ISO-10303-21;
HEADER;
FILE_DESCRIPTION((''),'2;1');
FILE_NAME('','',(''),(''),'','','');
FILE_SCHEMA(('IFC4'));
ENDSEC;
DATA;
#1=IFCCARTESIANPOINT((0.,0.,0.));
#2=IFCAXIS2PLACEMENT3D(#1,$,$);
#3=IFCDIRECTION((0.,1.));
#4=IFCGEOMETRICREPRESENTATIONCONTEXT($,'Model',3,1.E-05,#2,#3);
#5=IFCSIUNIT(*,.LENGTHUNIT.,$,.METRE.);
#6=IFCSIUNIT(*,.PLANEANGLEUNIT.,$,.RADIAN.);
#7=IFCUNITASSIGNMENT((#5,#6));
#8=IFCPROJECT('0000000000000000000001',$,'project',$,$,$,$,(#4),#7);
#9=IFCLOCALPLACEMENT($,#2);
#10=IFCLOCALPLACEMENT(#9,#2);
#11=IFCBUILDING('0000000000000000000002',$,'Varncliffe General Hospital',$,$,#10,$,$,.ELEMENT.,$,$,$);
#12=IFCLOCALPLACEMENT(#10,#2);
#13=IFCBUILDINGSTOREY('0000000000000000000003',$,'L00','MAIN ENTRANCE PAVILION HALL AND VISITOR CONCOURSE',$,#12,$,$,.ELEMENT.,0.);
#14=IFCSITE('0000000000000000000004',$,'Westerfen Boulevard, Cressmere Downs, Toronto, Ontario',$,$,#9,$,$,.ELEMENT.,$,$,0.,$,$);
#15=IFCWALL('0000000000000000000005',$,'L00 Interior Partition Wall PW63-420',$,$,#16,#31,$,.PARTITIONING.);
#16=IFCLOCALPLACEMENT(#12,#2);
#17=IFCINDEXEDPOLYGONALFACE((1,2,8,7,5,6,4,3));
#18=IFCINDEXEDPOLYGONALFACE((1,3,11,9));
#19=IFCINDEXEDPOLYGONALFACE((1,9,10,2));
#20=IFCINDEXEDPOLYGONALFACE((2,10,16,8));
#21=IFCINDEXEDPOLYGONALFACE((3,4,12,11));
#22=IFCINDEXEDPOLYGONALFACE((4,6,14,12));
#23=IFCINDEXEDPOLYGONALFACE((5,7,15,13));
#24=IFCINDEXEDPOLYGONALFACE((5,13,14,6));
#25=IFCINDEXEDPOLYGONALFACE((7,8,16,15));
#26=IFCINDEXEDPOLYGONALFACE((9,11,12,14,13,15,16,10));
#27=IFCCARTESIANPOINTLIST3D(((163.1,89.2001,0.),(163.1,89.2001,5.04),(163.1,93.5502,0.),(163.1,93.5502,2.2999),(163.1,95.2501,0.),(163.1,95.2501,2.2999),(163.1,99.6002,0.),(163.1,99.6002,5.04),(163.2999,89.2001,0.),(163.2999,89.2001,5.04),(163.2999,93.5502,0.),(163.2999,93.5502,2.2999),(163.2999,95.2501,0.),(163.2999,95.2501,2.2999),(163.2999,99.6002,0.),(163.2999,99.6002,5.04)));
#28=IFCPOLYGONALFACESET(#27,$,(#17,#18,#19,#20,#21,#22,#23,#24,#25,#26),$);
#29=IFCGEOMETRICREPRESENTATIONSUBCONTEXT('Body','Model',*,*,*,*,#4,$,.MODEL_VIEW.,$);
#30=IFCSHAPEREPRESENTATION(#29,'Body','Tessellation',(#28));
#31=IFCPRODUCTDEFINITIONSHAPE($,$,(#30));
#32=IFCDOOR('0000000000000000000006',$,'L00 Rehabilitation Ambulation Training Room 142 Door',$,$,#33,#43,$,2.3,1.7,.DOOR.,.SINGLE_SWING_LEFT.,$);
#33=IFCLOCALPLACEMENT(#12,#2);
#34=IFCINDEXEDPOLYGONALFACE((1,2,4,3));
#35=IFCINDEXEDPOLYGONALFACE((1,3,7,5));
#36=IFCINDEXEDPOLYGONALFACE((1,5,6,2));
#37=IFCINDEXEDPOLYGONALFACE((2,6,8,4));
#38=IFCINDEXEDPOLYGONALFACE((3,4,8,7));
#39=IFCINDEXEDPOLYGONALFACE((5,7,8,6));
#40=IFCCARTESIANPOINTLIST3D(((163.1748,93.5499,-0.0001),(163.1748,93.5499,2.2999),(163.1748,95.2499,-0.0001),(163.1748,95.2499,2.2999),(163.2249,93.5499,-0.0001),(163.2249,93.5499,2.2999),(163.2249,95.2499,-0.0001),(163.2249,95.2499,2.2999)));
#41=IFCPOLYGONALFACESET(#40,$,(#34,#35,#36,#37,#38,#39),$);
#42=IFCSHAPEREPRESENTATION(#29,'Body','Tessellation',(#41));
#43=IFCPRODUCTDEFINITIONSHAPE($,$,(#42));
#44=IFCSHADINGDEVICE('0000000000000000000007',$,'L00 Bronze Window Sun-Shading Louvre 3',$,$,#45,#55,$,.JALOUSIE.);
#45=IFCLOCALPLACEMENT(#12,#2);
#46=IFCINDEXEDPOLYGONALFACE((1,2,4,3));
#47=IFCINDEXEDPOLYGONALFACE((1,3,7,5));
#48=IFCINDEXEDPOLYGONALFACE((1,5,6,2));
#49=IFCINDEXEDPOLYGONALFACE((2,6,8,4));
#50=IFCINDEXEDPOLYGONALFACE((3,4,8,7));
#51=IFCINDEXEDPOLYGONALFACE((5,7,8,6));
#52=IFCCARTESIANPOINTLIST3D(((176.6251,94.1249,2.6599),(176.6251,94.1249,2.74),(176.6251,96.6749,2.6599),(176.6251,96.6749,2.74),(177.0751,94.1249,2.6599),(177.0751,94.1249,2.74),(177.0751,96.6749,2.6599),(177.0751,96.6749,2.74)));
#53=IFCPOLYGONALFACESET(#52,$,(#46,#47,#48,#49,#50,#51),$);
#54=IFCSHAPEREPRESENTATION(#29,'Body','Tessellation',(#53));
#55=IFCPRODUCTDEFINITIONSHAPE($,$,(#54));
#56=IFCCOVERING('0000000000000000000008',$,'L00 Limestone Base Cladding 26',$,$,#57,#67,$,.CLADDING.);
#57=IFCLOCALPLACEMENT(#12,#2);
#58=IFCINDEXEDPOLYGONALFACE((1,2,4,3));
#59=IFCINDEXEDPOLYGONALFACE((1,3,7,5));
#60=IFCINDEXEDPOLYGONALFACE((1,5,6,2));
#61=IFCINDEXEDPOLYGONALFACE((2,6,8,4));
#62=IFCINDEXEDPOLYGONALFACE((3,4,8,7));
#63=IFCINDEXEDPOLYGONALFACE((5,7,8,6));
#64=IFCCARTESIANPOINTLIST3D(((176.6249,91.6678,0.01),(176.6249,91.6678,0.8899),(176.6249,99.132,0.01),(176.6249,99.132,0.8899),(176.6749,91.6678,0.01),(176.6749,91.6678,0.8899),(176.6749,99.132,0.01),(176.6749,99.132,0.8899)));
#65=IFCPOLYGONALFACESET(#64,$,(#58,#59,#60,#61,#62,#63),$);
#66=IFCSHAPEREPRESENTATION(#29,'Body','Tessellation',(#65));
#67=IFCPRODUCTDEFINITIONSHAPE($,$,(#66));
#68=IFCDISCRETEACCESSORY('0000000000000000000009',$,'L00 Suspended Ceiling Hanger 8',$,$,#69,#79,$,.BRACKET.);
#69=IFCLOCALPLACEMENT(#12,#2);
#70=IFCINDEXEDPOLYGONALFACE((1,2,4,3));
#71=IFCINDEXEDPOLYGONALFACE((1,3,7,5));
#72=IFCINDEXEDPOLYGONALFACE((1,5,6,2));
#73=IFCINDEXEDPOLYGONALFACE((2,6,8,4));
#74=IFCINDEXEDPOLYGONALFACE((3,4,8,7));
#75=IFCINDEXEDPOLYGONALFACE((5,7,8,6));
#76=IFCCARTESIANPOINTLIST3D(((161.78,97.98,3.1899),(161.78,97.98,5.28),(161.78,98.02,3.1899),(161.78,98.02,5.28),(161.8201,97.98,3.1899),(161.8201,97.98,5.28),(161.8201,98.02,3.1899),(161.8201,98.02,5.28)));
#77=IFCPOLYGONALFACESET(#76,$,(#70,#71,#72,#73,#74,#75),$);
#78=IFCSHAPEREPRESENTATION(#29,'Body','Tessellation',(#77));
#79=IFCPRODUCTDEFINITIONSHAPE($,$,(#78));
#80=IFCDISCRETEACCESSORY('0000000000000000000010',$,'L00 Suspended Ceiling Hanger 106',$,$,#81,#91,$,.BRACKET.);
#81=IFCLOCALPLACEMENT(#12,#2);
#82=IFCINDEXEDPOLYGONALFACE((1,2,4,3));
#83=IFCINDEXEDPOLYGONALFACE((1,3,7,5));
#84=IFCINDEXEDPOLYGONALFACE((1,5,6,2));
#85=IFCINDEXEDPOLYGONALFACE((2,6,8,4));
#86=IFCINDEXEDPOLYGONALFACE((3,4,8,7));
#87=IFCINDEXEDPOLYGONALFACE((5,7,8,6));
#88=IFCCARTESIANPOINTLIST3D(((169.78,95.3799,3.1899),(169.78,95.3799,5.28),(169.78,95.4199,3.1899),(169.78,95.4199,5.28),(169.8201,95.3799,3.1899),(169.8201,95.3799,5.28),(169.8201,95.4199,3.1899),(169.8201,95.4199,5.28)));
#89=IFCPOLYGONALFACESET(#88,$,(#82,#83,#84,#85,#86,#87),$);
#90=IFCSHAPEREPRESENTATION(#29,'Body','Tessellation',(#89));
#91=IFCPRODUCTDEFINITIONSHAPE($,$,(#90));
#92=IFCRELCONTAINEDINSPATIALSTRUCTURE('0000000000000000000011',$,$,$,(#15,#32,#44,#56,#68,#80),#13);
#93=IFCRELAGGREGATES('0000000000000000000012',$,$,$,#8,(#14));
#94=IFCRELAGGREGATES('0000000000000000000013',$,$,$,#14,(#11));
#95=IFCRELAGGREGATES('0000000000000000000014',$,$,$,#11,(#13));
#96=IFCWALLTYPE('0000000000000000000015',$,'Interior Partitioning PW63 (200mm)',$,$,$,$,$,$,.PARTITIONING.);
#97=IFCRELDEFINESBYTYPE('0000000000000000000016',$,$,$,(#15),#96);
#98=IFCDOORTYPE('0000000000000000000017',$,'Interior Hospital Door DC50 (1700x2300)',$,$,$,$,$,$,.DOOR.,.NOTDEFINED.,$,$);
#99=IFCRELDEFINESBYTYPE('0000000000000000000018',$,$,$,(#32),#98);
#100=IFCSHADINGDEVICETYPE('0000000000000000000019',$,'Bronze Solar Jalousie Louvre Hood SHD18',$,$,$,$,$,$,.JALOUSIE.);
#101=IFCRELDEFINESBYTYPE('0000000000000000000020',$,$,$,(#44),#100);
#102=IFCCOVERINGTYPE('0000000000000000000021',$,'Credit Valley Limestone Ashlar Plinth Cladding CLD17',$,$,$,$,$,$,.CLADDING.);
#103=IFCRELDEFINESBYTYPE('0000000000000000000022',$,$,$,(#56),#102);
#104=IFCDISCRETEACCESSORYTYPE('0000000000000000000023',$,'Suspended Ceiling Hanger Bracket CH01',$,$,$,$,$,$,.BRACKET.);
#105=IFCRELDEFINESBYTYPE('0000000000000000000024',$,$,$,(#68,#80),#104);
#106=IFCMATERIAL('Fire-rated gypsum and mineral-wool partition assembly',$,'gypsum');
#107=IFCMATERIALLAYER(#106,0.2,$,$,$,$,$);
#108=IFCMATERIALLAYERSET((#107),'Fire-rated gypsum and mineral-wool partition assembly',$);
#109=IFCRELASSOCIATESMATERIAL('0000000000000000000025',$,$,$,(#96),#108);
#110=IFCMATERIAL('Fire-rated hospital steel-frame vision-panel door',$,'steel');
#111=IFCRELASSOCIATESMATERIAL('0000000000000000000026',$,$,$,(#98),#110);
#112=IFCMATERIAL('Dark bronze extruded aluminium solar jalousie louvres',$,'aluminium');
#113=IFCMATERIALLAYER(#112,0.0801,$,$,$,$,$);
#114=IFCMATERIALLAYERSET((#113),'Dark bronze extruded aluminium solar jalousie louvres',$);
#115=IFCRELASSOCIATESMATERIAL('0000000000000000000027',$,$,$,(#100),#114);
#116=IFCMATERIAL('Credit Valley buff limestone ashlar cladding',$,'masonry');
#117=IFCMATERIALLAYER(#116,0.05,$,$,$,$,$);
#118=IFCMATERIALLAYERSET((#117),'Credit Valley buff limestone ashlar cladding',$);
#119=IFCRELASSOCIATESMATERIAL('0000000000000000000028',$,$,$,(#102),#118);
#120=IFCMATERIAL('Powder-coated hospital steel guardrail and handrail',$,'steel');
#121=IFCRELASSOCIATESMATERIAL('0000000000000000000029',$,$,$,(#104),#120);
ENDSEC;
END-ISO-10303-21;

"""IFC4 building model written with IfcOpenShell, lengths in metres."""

from ifc_helpers import new_model, si_unit, direction, frame, frame_2d, origin, origin_2d, place, context, subcontext, project, spatial, rectangle, extrude, material, layer, layer_set, type_object, element, fill, save


model = new_model("IFC4")

# Units and contexts
model_context = context("Model", 3, precision=1e-05, world=origin(), true_north=direction((0.0, 1.0)))
body_context = subcontext(model_context, "Body", "Model", "MODEL_VIEW")
ifc_project = project(units=[si_unit("LENGTHUNIT", "METRE"), si_unit("PLANEANGLEUNIT", "RADIAN")], contexts=[model_context])

# Site, building, storey
site_placement = place(None, origin())
site = spatial("IfcSite", under=ifc_project, at=site_placement, Name="Westerfen Boulevard, Cressmere Downs, Toronto, Ontario", CompositionType="ELEMENT", RefElevation=0.0)
building_placement = place(site_placement, origin())
building = spatial("IfcBuilding", under=site, at=building_placement, Name="Varncliffe General Hospital", CompositionType="ELEMENT")
storey_placement = place(building_placement, origin())
storey = spatial("IfcBuildingStorey", under=building, at=storey_placement, Name="L00", Description="MAIN ENTRANCE PAVILION HALL AND VISITOR CONCOURSE", CompositionType="ELEMENT", Elevation=0.0)

# Wall, opening, door
ifc_material_1 = material(Name="Fire-rated gypsum and mineral-wool partition assembly", Category="gypsum")
ifc_layer_1 = layer(ifc_material_1, 0.2)
ifc_layer_set_1 = layer_set([ifc_layer_1], Name="Fire-rated gypsum and mineral-wool partition assembly")
wall_type_1 = type_object("IfcWallType", Name="Interior Partitioning PW63 (200mm)", PredefinedType="PARTITIONING", material=ifc_layer_set_1)
wall_1_placement = place(storey_placement, frame((163.2, 89.2, 0.0), z_axis=(0.0, 0.0, 1.0), x_axis=(0.0, 1.0, 0.0)))
wall_1 = element("IfcWall", 1, at=wall_1_placement, inside=storey, type_object=wall_type_1, Name="L00 Interior Partition Wall PW63-420", PredefinedType="PARTITIONING", context=body_context, shape_type="SweptSolid", body=[
    extrude(rectangle(XDim=10.4001, YDim=0.2, at=frame_2d((5.2002, 0.0))), origin(), (0.0, 0.0, 1.0), 5.04),
])
opening_1_placement = place(wall_1_placement, frame((4.3501, 0.0, 0.0)))
opening_1 = element("IfcOpeningElement", 2, at=opening_1_placement, cuts=wall_1, PredefinedType="OPENING", context=body_context, shape_type="SweptSolid", body=[
    extrude(rectangle(XDim=1.7, YDim=2.3, at=frame_2d((0.8501, 1.1499))), frame((0.0, 0.1099, 0.0), z_axis=(0.0, -1.0, 0.0), x_axis=(1.0, 0.0, 0.0)), (0.0, 0.0, 1.0), 0.22),
])
ifc_material_2 = material(Name="Fire-rated hospital steel-frame vision-panel door", Category="steel")
door_type_1 = type_object("IfcDoorType", Name="Interior Hospital Door DC50 (1700x2300)", OperationType="NOTDEFINED", PredefinedType="DOOR", material=ifc_material_2)
door_1_placement = place(opening_1_placement, frame((1.7, 0.0, 0.0), z_axis=(0.0, 0.0, 1.0), x_axis=(-1.0, 0.0, 0.0)))
door_1 = element("IfcDoor", 3, at=door_1_placement, inside=storey, type_object=door_type_1, Name="L00 Rehabilitation Ambulation Training Room 142 Door", OperationType="SINGLE_SWING_LEFT", OverallHeight=2.3, OverallWidth=1.7, PredefinedType="DOOR", context=body_context, shape_type="SweptSolid", body=[
    extrude(rectangle(XDim=1.7, YDim=2.3, at=frame_2d((0.8501, 1.1499))), frame((0.0, 0.0249, 0.0), z_axis=(0.0, -1.0, 0.0), x_axis=(1.0, 0.0, 0.0)), (0.0, 0.0, 1.0), 0.05),
])
fill(opening_1, door_1)

# Shading device
ifc_material_3 = material(Name="Dark bronze extruded aluminium solar jalousie louvres", Category="aluminium")
ifc_layer_2 = layer(ifc_material_3, 0.0801)
ifc_layer_set_2 = layer_set([ifc_layer_2], Name="Dark bronze extruded aluminium solar jalousie louvres")
shading_device_type = type_object("IfcShadingDeviceType", Name="Bronze Solar Jalousie Louvre Hood SHD18", PredefinedType="JALOUSIE", material=ifc_layer_set_2)
shading_device_placement = place(storey_placement, frame((176.8501, 95.3999, 2.6599), z_axis=(0.0, 0.0, 1.0), x_axis=(0.0, -1.0, 0.0)))
element("IfcShadingDevice", 4, at=shading_device_placement, inside=storey, type_object=shading_device_type, Name="L00 Bronze Window Sun-Shading Louvre 3", PredefinedType="JALOUSIE", context=body_context, shape_type="SweptSolid", body=[
    extrude(rectangle(XDim=2.55, YDim=0.45, at=origin_2d()), origin(), (0.0, 0.0, 1.0), 0.0801),
])

# Covering
ifc_material_4 = material(Name="Credit Valley buff limestone ashlar cladding", Category="masonry")
ifc_layer_3 = layer(ifc_material_4, 0.05)
ifc_layer_set_3 = layer_set([ifc_layer_3], Name="Credit Valley buff limestone ashlar cladding")
covering_type = type_object("IfcCoveringType", Name="Credit Valley Limestone Ashlar Plinth Cladding CLD17", PredefinedType="CLADDING", material=ifc_layer_set_3)
covering_placement = place(storey_placement, frame((176.6499, 95.3999, 0.01), z_axis=(0.0, 0.0, 1.0), x_axis=(0.0, -1.0, 0.0)))
element("IfcCovering", 5, at=covering_placement, inside=storey, type_object=covering_type, Name="L00 Limestone Base Cladding 26", PredefinedType="CLADDING", context=body_context, shape_type="SweptSolid", body=[
    extrude(rectangle(XDim=7.4641, YDim=0.05, at=origin_2d()), origin(), (0.0, 0.0, 1.0), 0.8799),
])

# Discrete accessories
ifc_material_5 = material(Name="Powder-coated hospital steel guardrail and handrail", Category="steel")
discrete_accessory_type = type_object("IfcDiscreteAccessoryType", Name="Suspended Ceiling Hanger Bracket CH01", PredefinedType="BRACKET", material=ifc_material_5)
for number, where, z_axis, x_axis, name in (
    (6, (161.8, 98.0, 3.1899), (0.0, 0.0, 1.0), (1.0, 0.0, 0.0), "L00 Suspended Ceiling Hanger 8"),
    (7, (169.8, 95.3999, 3.1899), (0.0, 0.0, 1.0), (1.0, 0.0, 0.0), "L00 Suspended Ceiling Hanger 106"),
):
    element("IfcDiscreteAccessory", number, at=place(storey_placement, frame(where, z_axis=z_axis, x_axis=x_axis)), inside=storey, type_object=discrete_accessory_type, Name=name, PredefinedType="BRACKET", context=body_context, shape_type="SweptSolid", body=[
        extrude(rectangle(XDim=0.04, YDim=0.04, at=origin_2d()), origin(), (0.0, 0.0, 1.0), 2.0901),
    ])

save(model, "model.ifc")
